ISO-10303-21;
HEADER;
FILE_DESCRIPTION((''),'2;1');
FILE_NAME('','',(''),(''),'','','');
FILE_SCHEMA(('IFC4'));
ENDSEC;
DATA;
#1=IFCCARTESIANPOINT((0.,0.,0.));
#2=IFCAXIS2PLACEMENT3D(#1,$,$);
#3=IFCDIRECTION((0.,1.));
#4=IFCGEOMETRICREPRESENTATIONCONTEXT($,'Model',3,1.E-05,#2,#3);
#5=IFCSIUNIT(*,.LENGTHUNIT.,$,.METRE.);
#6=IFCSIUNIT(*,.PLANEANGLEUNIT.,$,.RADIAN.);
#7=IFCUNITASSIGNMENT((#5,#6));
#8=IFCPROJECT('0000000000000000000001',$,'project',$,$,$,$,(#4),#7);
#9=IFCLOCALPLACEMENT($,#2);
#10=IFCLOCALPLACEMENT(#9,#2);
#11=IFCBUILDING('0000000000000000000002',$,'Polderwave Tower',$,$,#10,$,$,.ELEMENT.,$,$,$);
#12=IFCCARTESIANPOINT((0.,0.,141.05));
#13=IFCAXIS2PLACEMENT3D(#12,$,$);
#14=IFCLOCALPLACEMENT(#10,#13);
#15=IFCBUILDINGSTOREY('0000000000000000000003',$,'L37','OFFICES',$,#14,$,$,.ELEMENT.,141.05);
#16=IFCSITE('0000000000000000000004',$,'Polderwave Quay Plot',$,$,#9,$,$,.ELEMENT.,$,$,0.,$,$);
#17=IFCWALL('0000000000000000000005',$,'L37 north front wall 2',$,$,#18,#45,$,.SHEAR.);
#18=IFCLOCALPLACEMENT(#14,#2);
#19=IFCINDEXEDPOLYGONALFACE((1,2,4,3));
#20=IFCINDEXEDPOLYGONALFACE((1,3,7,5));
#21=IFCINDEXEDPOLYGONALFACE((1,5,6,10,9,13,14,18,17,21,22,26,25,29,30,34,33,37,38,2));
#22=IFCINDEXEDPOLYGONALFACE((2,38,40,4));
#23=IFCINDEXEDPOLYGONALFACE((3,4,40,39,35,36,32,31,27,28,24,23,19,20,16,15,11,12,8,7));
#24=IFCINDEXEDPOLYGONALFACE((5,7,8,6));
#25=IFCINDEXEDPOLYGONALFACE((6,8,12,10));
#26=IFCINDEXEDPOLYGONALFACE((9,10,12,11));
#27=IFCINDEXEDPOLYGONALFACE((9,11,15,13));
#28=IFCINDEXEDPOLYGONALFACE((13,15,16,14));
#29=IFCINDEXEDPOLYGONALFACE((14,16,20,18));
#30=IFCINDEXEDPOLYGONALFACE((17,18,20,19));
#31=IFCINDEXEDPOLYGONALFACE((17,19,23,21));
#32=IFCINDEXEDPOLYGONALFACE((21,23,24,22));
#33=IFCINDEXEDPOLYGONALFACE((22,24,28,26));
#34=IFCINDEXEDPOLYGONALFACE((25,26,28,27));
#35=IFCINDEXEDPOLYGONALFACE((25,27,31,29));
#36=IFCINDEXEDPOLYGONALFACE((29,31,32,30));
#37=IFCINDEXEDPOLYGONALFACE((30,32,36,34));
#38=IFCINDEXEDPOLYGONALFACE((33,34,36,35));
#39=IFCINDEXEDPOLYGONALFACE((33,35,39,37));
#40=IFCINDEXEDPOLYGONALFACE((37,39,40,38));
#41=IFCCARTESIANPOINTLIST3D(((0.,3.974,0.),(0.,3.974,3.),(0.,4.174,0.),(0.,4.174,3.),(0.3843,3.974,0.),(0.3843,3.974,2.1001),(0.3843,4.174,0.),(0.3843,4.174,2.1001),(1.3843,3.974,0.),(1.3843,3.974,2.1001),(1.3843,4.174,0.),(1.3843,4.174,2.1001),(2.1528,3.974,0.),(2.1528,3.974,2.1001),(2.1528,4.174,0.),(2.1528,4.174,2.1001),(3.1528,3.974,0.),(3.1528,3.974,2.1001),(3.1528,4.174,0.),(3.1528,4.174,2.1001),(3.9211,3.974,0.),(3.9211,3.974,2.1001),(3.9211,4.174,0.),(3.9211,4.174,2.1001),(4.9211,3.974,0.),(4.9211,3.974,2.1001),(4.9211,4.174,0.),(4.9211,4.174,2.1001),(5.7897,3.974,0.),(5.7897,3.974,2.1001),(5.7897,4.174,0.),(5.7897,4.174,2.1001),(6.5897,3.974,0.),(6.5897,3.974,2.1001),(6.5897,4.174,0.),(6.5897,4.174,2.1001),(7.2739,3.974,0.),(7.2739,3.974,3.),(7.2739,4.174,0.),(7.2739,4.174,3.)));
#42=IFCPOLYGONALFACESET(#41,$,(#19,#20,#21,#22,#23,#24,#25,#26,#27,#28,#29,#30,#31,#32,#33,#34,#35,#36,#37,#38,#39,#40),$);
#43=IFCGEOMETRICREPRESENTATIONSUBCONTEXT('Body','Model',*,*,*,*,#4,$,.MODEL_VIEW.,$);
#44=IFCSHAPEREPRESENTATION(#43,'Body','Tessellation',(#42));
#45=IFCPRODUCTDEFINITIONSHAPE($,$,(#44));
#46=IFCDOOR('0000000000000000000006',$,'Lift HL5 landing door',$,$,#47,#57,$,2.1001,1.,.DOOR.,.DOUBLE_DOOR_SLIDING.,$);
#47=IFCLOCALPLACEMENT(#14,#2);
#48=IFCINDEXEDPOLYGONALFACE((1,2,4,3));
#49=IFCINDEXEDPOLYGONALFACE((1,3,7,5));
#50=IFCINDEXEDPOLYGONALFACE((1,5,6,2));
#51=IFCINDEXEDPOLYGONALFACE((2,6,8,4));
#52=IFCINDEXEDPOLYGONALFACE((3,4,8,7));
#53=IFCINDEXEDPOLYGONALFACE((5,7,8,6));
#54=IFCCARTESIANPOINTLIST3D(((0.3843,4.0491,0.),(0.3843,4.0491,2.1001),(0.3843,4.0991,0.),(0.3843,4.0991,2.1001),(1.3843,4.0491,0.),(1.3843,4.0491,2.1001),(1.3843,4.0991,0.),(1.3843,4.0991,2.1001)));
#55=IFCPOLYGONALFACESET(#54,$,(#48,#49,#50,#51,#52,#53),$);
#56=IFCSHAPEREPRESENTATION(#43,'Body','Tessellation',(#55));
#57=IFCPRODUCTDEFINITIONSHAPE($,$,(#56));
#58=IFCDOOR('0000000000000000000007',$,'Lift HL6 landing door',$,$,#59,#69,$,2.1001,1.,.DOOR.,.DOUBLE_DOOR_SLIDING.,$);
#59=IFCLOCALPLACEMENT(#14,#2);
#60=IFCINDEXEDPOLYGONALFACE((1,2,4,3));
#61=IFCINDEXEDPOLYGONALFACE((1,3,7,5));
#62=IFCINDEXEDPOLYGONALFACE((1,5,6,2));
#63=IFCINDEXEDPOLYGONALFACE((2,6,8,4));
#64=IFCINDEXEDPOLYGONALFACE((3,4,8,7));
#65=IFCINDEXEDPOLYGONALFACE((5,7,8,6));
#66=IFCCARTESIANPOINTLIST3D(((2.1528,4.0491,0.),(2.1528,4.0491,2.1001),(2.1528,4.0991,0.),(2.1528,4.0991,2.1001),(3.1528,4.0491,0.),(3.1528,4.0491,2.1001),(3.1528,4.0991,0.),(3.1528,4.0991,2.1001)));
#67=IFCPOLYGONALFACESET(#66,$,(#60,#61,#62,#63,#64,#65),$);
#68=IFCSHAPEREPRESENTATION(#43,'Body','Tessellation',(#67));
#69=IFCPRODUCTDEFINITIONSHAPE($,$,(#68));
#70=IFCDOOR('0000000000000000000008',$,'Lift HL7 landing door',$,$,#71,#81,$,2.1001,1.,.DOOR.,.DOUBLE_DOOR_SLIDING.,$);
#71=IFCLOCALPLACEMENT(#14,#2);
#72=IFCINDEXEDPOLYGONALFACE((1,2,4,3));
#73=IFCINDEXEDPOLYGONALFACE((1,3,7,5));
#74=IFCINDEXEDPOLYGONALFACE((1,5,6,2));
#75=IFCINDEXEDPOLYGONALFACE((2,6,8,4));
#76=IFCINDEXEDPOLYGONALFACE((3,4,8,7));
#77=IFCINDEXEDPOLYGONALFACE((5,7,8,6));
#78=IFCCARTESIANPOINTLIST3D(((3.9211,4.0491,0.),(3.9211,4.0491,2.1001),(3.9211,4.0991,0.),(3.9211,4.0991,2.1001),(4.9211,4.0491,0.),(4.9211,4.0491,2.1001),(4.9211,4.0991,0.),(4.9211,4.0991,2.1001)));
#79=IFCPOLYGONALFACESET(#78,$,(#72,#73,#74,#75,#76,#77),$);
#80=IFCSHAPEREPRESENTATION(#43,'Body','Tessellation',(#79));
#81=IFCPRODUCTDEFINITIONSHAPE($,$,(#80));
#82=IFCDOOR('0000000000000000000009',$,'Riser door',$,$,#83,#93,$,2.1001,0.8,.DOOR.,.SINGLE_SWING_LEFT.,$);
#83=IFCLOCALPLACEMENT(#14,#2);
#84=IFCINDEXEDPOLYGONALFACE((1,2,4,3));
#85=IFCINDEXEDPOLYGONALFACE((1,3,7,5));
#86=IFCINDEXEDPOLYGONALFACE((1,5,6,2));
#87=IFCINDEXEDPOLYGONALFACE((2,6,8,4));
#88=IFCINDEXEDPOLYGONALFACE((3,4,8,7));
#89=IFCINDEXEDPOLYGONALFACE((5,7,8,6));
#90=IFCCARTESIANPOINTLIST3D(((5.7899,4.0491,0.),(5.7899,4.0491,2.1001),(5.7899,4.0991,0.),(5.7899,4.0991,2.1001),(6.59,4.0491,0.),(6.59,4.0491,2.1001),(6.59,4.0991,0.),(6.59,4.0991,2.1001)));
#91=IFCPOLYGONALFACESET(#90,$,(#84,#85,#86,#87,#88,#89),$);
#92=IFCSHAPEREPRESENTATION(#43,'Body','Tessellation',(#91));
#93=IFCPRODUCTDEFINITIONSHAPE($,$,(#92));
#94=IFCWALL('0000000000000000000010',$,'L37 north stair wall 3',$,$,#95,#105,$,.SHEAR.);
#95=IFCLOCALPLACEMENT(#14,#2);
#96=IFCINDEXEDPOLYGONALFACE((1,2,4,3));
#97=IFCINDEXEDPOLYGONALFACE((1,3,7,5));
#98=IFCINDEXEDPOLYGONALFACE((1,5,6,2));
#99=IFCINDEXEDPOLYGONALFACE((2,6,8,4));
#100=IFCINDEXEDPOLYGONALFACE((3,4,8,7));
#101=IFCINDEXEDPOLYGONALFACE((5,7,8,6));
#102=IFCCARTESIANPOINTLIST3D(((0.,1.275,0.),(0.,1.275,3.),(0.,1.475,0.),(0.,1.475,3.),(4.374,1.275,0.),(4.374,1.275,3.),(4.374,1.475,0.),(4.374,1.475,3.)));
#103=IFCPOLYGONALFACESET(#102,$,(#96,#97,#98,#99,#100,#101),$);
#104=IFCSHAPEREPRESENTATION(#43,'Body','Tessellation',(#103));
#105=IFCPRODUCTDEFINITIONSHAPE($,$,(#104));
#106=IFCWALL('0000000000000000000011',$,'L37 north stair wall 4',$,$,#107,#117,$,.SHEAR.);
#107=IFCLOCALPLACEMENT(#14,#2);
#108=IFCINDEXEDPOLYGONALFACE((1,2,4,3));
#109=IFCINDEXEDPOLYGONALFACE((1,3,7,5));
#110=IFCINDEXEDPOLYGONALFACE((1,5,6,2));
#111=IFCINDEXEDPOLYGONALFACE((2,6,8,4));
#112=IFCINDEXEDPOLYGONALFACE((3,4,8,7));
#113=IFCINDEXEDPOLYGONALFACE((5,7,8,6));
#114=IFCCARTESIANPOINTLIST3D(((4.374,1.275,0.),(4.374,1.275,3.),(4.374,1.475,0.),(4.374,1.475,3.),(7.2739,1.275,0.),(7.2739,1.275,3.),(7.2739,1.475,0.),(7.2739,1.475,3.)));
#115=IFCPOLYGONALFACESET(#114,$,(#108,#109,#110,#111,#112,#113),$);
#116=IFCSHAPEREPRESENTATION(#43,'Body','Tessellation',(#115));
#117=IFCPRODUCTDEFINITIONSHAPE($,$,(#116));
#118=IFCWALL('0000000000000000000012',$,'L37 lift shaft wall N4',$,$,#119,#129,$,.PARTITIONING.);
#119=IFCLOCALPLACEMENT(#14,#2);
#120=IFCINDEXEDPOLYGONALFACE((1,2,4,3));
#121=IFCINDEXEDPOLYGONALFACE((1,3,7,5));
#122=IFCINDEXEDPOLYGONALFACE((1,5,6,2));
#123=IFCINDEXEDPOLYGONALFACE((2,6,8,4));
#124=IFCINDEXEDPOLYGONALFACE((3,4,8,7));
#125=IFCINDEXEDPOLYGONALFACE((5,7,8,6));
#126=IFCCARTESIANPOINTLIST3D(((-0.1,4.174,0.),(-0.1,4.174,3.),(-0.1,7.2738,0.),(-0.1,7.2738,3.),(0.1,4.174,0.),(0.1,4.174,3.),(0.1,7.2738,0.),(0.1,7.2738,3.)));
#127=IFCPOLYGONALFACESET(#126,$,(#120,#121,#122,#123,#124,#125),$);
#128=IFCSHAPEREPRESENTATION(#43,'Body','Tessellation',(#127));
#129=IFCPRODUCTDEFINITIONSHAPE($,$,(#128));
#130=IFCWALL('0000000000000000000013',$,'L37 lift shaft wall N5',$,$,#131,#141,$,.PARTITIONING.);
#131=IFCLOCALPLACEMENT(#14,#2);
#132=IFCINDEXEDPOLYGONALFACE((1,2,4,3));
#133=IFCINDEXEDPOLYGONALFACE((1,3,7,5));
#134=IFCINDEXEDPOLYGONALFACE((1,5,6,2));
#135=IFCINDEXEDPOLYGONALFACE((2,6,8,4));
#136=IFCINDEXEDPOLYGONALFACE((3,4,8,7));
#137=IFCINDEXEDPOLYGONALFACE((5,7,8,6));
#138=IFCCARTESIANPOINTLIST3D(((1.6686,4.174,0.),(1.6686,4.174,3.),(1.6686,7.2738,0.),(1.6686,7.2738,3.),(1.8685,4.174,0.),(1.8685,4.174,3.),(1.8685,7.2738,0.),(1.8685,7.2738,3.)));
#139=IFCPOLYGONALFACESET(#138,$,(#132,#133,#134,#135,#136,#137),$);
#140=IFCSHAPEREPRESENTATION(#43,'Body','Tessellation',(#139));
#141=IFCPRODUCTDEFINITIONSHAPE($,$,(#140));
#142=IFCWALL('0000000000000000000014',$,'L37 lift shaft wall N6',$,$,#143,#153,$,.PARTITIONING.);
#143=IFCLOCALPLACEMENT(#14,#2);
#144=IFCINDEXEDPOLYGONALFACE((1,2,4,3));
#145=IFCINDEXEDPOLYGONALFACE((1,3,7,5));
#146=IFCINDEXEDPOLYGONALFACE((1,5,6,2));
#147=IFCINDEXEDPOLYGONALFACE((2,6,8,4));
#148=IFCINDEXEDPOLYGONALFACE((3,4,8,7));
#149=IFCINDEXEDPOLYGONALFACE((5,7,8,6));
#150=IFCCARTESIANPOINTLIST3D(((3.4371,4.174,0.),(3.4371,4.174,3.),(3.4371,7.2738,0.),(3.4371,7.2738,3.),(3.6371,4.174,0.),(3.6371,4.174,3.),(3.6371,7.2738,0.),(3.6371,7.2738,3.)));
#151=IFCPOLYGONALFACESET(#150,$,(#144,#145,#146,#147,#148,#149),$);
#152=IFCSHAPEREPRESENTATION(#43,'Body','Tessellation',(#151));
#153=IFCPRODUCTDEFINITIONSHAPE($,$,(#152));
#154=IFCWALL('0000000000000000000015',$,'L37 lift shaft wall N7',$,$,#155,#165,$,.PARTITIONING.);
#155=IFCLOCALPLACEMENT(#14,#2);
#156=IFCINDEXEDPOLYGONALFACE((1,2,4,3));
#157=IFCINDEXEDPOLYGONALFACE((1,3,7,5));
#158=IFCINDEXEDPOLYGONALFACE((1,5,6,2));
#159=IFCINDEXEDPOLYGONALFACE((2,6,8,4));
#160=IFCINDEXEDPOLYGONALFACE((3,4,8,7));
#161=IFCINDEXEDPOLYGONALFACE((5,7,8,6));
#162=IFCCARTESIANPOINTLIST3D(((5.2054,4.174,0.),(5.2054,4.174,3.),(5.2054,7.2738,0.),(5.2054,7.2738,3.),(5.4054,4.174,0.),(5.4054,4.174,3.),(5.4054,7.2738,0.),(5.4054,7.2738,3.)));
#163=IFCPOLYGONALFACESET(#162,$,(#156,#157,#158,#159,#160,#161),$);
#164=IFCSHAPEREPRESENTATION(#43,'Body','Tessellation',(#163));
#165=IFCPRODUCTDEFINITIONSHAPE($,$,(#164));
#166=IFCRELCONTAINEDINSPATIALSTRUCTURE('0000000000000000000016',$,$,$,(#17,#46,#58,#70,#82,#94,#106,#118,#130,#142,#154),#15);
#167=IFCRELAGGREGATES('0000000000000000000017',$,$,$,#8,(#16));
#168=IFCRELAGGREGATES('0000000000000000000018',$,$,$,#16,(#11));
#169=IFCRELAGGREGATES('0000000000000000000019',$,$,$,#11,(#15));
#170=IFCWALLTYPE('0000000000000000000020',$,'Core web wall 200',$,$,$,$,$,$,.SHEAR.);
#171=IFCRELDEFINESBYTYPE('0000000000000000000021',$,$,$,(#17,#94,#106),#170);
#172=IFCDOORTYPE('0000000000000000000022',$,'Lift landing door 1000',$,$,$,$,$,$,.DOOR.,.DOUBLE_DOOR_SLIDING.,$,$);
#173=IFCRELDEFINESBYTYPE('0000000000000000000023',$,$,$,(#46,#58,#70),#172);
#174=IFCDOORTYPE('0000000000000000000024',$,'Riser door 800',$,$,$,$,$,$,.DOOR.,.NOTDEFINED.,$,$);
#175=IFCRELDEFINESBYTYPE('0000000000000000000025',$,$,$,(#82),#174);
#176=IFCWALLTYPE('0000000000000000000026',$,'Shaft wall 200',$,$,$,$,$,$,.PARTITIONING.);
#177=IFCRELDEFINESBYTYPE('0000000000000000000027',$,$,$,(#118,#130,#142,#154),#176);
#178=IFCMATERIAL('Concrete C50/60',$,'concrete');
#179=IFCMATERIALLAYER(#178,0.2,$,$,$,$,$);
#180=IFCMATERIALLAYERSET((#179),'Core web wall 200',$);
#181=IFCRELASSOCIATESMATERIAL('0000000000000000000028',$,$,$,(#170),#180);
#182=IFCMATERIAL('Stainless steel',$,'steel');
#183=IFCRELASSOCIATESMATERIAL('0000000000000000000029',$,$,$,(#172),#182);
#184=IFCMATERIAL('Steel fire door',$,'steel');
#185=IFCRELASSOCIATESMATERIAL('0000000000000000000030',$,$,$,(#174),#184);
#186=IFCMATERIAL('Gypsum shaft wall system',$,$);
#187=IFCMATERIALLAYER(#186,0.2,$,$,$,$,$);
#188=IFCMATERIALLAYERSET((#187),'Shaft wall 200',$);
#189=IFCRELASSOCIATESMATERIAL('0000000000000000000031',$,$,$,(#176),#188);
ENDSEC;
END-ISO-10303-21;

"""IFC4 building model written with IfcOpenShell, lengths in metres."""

from ifc_helpers import new_model, si_unit, direction, frame, frame_2d, origin, place, context, subcontext, project, spatial, rectangle, extrude, material, layer, layer_set, type_object, element, fill, save


model = new_model("IFC4")

# Units and contexts
model_context = context("Model", 3, precision=1e-05, world=origin(), true_north=direction((0.0, 1.0)))
body_context = subcontext(model_context, "Body", "Model", "MODEL_VIEW")
ifc_project = project(units=[si_unit("LENGTHUNIT", "METRE"), si_unit("PLANEANGLEUNIT", "RADIAN")], contexts=[model_context])

# Site, building, storey
site_placement = place(None, origin())
site = spatial("IfcSite", under=ifc_project, at=site_placement, Name="Polderwave Quay Plot", CompositionType="ELEMENT", RefElevation=0.0)
building_placement = place(site_placement, origin())
building = spatial("IfcBuilding", under=site, at=building_placement, Name="Polderwave Tower", CompositionType="ELEMENT")
storey_placement = place(building_placement, frame((0.0, 0.0, 141.05)))
storey = spatial("IfcBuildingStorey", under=building, at=storey_placement, Name="L37", Description="OFFICES", CompositionType="ELEMENT", Elevation=141.05)

# Wall, openings, doors
ifc_material_1 = material(Name="Concrete C50/60", Category="concrete")
ifc_layer_1 = layer(ifc_material_1, 0.2)
ifc_layer_set_1 = layer_set([ifc_layer_1], Name="Core web wall 200")
wall_type_1 = type_object("IfcWallType", Name="Core web wall 200", PredefinedType="SHEAR", material=ifc_layer_set_1)
wall_1_placement = place(storey_placement, frame((0.0, 4.074, 0.0), z_axis=(0.0, 0.0, 1.0), x_axis=(1.0, 0.0, 0.0)))
wall_1 = element("IfcWall", 1, at=wall_1_placement, inside=storey, type_object=wall_type_1, Name="L37 north front wall 2", PredefinedType="SHEAR", context=body_context, shape_type="SweptSolid", body=[
    extrude(rectangle(XDim=7.2739, YDim=0.2, at=frame_2d((3.637, 0.0))), origin(), (0.0, 0.0, 1.0), 3.0),
])
opening_1_placement = place(wall_1_placement, frame((0.3843, 0.0, 0.0)))
opening_1 = element("IfcOpeningElement", 2, at=opening_1_placement, cuts=wall_1, PredefinedType="OPENING", context=body_context, shape_type="SweptSolid", body=[
    extrude(rectangle(XDim=1.0, YDim=2.1001, at=frame_2d((0.5, 1.05))), frame((0.0, 0.1099, 0.0), z_axis=(0.0, -1.0, 0.0), x_axis=(1.0, 0.0, 0.0)), (0.0, 0.0, 1.0), 0.22),
])
opening_2_placement = place(wall_1_placement, frame((2.1528, 0.0, 0.0)))
opening_2 = element("IfcOpeningElement", 3, at=opening_2_placement, cuts=wall_1, PredefinedType="OPENING", context=body_context, shape_type="SweptSolid", body=[
    extrude(rectangle(XDim=1.0, YDim=2.1001, at=frame_2d((0.5, 1.05))), frame((0.0, 0.1099, 0.0), z_axis=(0.0, -1.0, 0.0), x_axis=(1.0, 0.0, 0.0)), (0.0, 0.0, 1.0), 0.22),
])
opening_3_placement = place(wall_1_placement, frame((3.9211, 0.0, 0.0)))
opening_3 = element("IfcOpeningElement", 4, at=opening_3_placement, cuts=wall_1, PredefinedType="OPENING", context=body_context, shape_type="SweptSolid", body=[
    extrude(rectangle(XDim=1.0, YDim=2.1001, at=frame_2d((0.5, 1.05))), frame((0.0, 0.1099, 0.0), z_axis=(0.0, -1.0, 0.0), x_axis=(1.0, 0.0, 0.0)), (0.0, 0.0, 1.0), 0.22),
])
opening_4_placement = place(wall_1_placement, frame((5.7898, 0.0, 0.0)))
opening_4 = element("IfcOpeningElement", 5, at=opening_4_placement, cuts=wall_1, PredefinedType="OPENING", context=body_context, shape_type="SweptSolid", body=[
    extrude(rectangle(XDim=0.8, YDim=2.1001, at=frame_2d((0.3999, 1.05))), frame((0.0, 0.1099, 0.0), z_axis=(0.0, -1.0, 0.0), x_axis=(1.0, 0.0, 0.0)), (0.0, 0.0, 1.0), 0.22),
])
ifc_material_2 = material(Name="Stainless steel", Category="steel")
door_type_1 = type_object("IfcDoorType", Name="Lift landing door 1000", OperationType="DOUBLE_DOOR_SLIDING", PredefinedType="DOOR", material=ifc_material_2)
door_1_placement = place(opening_1_placement, frame((1.0, 0.0, 0.0), z_axis=(0.0, 0.0, 1.0), x_axis=(-1.0, 0.0, 0.0)))
door_1 = element("IfcDoor", 6, at=door_1_placement, inside=storey, type_object=door_type_1, Name="Lift HL5 landing door", OperationType="DOUBLE_DOOR_SLIDING", OverallHeight=2.1001, OverallWidth=1.0, PredefinedType="DOOR", context=body_context, shape_type="SweptSolid", body=[
    extrude(rectangle(XDim=1.0, YDim=2.1001, at=frame_2d((0.5, 1.05))), frame((0.0, 0.0249, 0.0), z_axis=(0.0, -1.0, 0.0), x_axis=(1.0, 0.0, 0.0)), (0.0, 0.0, 1.0), 0.05),
])
fill(opening_1, door_1)
door_2_placement = place(opening_2_placement, frame((1.0, 0.0, 0.0), z_axis=(0.0, 0.0, 1.0), x_axis=(-1.0, 0.0, 0.0)))
door_2 = element("IfcDoor", 7, at=door_2_placement, inside=storey, type_object=door_type_1, Name="Lift HL6 landing door", OperationType="DOUBLE_DOOR_SLIDING", OverallHeight=2.1001, OverallWidth=1.0, PredefinedType="DOOR", context=body_context, shape_type="SweptSolid", body=[
    extrude(rectangle(XDim=1.0, YDim=2.1001, at=frame_2d((0.5, 1.05))), frame((0.0, 0.0249, 0.0), z_axis=(0.0, -1.0, 0.0), x_axis=(1.0, 0.0, 0.0)), (0.0, 0.0, 1.0), 0.05),
])
fill(opening_2, door_2)
door_3_placement = place(opening_3_placement, frame((1.0, 0.0, 0.0), z_axis=(0.0, 0.0, 1.0), x_axis=(-1.0, 0.0, 0.0)))
door_3 = element("IfcDoor", 8, at=door_3_placement, inside=storey, type_object=door_type_1, Name="Lift HL7 landing door", OperationType="DOUBLE_DOOR_SLIDING", OverallHeight=2.1001, OverallWidth=1.0, PredefinedType="DOOR", context=body_context, shape_type="SweptSolid", body=[
    extrude(rectangle(XDim=1.0, YDim=2.1001, at=frame_2d((0.5, 1.05))), frame((0.0, 0.0249, 0.0), z_axis=(0.0, -1.0, 0.0), x_axis=(1.0, 0.0, 0.0)), (0.0, 0.0, 1.0), 0.05),
])
fill(opening_3, door_3)
ifc_material_3 = material(Name="Steel fire door", Category="steel")
door_type_2 = type_object("IfcDoorType", Name="Riser door 800", OperationType="NOTDEFINED", PredefinedType="DOOR", material=ifc_material_3)
door_4_placement = place(opening_4_placement, frame((0.8, 0.0, 0.0), z_axis=(0.0, 0.0, 1.0), x_axis=(-1.0, 0.0, 0.0)))
door_4 = element("IfcDoor", 9, at=door_4_placement, inside=storey, type_object=door_type_2, Name="Riser door", OperationType="SINGLE_SWING_LEFT", OverallHeight=2.1001, OverallWidth=0.8, PredefinedType="DOOR", context=body_context, shape_type="SweptSolid", body=[
    extrude(rectangle(XDim=0.8, YDim=2.1001, at=frame_2d((0.3999, 1.05))), frame((0.0, 0.0249, 0.0), z_axis=(0.0, -1.0, 0.0), x_axis=(1.0, 0.0, 0.0)), (0.0, 0.0, 1.0), 0.05),
])
fill(opening_4, door_4)

# Walls
wall_2_placement = place(storey_placement, frame((0.0, 1.375, 0.0), z_axis=(0.0, 0.0, 1.0), x_axis=(1.0, 0.0, 0.0)))
element("IfcWall", 10, at=wall_2_placement, inside=storey, type_object=wall_type_1, Name="L37 north stair wall 3", PredefinedType="SHEAR", context=body_context, shape_type="SweptSolid", body=[
    extrude(rectangle(XDim=4.374, YDim=0.2, at=frame_2d((2.187, 0.0))), origin(), (0.0, 0.0, 1.0), 3.0),
])
wall_3_placement = place(storey_placement, frame((4.374, 1.375, 0.0), z_axis=(0.0, 0.0, 1.0), x_axis=(1.0, 0.0, 0.0)))
element("IfcWall", 11, at=wall_3_placement, inside=storey, type_object=wall_type_1, Name="L37 north stair wall 4", PredefinedType="SHEAR", context=body_context, shape_type="SweptSolid", body=[
    extrude(rectangle(XDim=2.8999, YDim=0.2, at=frame_2d((1.45, 0.0))), origin(), (0.0, 0.0, 1.0), 3.0),
])
ifc_material_4 = material(Name="Gypsum shaft wall system")
ifc_layer_2 = layer(ifc_material_4, 0.2)
ifc_layer_set_2 = layer_set([ifc_layer_2], Name="Shaft wall 200")
wall_type_2 = type_object("IfcWallType", Name="Shaft wall 200", PredefinedType="PARTITIONING", material=ifc_layer_set_2)
for number, where, z_axis, x_axis, name in (
    (12, (0.0, 4.1741, 0.0), (0.0, 0.0, 1.0), (0.0, 1.0, 0.0), "L37 lift shaft wall N4"),
    (13, (1.7686, 4.1741, 0.0), (0.0, 0.0, 1.0), (0.0, 1.0, 0.0), "L37 lift shaft wall N5"),
    (14, (3.5371, 4.1741, 0.0), (0.0, 0.0, 1.0), (0.0, 1.0, 0.0), "L37 lift shaft wall N6"),
    (15, (5.3054, 4.1741, 0.0), (0.0, 0.0, 1.0), (0.0, 1.0, 0.0), "L37 lift shaft wall N7"),
):
    element("IfcWall", number, at=place(storey_placement, frame(where, z_axis=z_axis, x_axis=x_axis)), inside=storey, type_object=wall_type_2, Name=name, PredefinedType="PARTITIONING", context=body_context, shape_type="SweptSolid", body=[
        extrude(rectangle(XDim=3.0999, YDim=0.2, at=frame_2d((1.5498, 0.0))), origin(), (0.0, 0.0, 1.0), 3.0),
    ])

save(model, "model.ifc")
